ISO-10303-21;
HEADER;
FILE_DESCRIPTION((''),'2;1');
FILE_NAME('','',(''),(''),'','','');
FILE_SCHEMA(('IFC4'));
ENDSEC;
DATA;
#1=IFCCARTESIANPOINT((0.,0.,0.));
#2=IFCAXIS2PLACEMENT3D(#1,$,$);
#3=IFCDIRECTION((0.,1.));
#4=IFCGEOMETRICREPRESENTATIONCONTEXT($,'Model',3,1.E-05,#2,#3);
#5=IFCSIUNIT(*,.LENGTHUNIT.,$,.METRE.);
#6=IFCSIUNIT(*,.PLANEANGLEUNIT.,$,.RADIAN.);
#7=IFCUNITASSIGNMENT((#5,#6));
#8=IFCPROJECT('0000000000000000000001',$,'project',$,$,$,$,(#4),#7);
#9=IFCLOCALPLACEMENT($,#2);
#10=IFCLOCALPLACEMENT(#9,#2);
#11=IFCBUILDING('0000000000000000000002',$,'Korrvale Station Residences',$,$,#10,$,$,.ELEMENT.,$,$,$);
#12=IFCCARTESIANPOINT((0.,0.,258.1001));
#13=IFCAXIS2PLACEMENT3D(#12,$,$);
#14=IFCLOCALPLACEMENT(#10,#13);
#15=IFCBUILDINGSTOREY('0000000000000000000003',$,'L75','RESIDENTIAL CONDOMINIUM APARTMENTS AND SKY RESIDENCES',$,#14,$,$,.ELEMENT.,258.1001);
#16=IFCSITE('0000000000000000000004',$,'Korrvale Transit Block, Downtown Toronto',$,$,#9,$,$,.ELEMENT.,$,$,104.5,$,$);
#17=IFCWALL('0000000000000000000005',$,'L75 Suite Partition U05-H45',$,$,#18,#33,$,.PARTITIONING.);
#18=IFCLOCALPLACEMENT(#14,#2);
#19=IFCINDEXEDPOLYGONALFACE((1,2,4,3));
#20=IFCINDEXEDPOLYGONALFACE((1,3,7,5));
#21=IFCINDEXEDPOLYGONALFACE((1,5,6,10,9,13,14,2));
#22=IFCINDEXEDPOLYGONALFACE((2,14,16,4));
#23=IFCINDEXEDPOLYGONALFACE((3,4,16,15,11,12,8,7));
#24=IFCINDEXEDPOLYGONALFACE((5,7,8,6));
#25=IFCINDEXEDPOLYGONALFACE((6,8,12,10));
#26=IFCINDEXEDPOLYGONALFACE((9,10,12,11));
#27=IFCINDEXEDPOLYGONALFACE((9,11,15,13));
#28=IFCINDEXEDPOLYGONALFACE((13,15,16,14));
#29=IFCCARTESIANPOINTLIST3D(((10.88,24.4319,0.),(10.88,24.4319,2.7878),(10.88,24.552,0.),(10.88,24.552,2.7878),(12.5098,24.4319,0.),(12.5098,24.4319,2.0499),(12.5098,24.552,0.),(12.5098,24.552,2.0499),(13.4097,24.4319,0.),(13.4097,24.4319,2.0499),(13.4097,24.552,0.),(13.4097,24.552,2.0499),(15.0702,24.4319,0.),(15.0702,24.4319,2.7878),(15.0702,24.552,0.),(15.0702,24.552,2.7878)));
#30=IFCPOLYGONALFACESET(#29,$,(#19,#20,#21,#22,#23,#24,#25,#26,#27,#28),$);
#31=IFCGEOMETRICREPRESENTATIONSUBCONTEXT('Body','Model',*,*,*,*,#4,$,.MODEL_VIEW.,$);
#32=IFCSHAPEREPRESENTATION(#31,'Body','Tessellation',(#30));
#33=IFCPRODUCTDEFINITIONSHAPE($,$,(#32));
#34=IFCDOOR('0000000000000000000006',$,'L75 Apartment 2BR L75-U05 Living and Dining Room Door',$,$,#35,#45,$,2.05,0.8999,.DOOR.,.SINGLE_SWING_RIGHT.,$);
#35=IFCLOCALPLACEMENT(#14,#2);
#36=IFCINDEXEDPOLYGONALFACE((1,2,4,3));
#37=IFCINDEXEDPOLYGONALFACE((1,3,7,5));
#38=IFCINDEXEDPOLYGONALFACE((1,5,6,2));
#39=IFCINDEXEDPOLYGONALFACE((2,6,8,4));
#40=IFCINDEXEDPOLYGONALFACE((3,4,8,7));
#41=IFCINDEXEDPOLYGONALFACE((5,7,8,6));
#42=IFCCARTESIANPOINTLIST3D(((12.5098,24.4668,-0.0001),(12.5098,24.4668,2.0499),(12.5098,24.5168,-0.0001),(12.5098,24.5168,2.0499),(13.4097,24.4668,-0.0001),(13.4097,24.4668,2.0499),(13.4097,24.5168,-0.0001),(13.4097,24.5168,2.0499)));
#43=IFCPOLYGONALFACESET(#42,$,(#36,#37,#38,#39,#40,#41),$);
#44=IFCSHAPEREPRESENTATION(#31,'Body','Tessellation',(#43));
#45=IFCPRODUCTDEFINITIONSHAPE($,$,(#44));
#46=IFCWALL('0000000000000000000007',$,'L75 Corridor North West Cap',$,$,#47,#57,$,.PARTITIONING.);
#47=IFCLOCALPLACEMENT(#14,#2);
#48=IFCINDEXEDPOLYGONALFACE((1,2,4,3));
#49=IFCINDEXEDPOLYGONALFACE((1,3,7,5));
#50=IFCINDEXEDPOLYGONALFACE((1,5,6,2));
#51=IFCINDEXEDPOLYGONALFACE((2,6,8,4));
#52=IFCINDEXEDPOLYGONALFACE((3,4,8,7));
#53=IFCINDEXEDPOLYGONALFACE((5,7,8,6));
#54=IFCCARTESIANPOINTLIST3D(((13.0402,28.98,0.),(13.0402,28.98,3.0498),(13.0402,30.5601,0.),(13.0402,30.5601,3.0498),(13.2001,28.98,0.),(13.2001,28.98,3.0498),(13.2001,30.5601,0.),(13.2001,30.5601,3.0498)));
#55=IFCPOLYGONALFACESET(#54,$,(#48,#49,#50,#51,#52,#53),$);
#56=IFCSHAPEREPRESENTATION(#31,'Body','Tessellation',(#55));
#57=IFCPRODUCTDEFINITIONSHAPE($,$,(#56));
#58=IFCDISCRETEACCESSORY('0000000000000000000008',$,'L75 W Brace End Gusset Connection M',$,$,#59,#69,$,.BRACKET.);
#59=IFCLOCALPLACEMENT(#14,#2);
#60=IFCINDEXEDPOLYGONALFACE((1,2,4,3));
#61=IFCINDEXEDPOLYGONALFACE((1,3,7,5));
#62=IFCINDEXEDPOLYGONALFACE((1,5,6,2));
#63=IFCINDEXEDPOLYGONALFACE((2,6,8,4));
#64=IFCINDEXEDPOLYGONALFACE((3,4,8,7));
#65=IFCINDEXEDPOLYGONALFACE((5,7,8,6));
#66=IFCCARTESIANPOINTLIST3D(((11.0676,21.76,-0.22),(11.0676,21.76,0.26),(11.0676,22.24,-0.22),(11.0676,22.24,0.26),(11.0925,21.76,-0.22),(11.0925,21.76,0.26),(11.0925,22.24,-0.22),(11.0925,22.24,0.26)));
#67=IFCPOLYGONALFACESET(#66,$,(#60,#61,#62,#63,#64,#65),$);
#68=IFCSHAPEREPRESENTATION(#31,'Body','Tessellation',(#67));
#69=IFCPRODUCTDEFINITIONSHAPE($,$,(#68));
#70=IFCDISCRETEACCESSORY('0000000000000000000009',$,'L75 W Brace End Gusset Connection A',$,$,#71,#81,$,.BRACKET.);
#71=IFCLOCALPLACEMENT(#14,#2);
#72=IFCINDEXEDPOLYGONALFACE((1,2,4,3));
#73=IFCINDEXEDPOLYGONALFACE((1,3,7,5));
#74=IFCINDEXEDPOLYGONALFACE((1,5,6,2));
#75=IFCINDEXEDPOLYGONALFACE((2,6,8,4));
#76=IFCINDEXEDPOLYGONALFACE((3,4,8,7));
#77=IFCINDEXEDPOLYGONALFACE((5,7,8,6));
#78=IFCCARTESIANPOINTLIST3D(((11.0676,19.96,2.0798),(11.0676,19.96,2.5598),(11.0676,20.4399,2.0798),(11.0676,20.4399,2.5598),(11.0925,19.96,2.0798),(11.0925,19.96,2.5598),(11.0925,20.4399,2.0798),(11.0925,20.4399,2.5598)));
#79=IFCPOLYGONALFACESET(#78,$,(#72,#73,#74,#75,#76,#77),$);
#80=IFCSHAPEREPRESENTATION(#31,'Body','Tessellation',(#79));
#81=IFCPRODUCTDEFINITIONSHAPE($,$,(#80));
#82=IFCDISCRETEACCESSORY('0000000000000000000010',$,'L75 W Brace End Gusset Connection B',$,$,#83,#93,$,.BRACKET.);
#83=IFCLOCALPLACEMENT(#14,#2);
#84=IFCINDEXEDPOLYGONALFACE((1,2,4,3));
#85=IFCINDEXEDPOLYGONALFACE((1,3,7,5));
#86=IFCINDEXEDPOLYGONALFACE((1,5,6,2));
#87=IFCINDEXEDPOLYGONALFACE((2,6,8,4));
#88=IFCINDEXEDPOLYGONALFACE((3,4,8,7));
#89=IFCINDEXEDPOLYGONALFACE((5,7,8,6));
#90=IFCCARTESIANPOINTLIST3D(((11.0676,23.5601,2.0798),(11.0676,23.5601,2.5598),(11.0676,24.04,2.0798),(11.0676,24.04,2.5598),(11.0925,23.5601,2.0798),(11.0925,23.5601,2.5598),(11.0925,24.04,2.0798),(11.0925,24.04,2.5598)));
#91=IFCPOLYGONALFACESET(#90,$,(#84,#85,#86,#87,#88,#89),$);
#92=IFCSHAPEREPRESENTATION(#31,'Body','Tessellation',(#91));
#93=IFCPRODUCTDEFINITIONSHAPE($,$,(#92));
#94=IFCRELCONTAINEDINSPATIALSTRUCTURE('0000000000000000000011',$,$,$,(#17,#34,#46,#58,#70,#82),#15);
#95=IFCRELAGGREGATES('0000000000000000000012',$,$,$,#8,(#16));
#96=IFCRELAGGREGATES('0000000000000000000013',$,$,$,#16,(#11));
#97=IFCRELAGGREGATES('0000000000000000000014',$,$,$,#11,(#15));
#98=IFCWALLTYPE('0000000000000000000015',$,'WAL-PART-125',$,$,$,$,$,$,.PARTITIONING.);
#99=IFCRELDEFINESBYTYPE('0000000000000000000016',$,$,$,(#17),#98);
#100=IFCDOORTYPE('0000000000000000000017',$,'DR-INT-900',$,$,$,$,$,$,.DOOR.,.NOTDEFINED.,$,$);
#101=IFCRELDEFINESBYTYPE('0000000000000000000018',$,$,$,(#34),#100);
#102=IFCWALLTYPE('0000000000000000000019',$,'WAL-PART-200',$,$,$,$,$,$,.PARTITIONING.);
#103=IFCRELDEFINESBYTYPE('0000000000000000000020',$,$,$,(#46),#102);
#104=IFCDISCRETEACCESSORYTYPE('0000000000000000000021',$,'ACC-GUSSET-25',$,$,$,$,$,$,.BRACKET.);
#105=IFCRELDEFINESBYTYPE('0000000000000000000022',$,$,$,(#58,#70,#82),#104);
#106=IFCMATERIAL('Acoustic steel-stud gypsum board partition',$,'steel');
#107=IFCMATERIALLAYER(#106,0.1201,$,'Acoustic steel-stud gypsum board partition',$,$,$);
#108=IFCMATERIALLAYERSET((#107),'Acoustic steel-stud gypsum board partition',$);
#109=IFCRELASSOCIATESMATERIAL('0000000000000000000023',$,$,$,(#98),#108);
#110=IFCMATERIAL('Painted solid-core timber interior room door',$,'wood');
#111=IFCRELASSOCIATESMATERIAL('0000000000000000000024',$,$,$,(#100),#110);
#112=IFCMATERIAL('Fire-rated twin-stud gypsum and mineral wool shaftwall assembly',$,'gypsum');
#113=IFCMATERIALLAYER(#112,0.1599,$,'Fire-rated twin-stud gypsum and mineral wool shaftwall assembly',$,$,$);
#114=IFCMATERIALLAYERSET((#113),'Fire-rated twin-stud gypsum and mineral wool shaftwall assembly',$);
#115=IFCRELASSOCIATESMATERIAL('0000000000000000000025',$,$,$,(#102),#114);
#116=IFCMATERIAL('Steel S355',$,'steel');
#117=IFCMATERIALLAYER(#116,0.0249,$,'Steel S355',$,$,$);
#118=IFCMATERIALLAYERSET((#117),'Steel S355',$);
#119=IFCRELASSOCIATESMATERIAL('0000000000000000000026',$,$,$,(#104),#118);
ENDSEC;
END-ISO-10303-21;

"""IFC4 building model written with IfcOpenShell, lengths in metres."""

from ifc_helpers import new_model, si_unit, direction, frame, frame_2d, origin, origin_2d, place, context, subcontext, project, spatial, rectangle, extrude, material, layer, layer_set, type_object, element, fill, save


model = new_model("IFC4")

# Units and contexts
model_context = context("Model", 3, precision=1e-05, world=origin(), true_north=direction((0.0, 1.0)))
body_context = subcontext(model_context, "Body", "Model", "MODEL_VIEW")
ifc_project = project(units=[si_unit("LENGTHUNIT", "METRE"), si_unit("PLANEANGLEUNIT", "RADIAN")], contexts=[model_context])

# Site, building, storey
site_placement = place(None, origin())
site = spatial("IfcSite", under=ifc_project, at=site_placement, Name="Korrvale Transit Block, Downtown Toronto", CompositionType="ELEMENT", RefElevation=104.5)
building_placement = place(site_placement, origin())
building = spatial("IfcBuilding", under=site, at=building_placement, Name="Korrvale Station Residences", CompositionType="ELEMENT")
storey_placement = place(building_placement, frame((0.0, 0.0, 258.1001)))
storey = spatial("IfcBuildingStorey", under=building, at=storey_placement, Name="L75", Description="RESIDENTIAL CONDOMINIUM APARTMENTS AND SKY RESIDENCES", CompositionType="ELEMENT", Elevation=258.1001)

# Shared definitions
ifc_material_1 = material(Name="Steel S355", Category="steel")

# Shared definitions
ifc_material_2 = material(Name="Acoustic steel-stud gypsum board partition", Category="steel")
ifc_layer_1 = layer(ifc_material_2, 0.1201, Name="Acoustic steel-stud gypsum board partition")
ifc_layer_set_1 = layer_set([ifc_layer_1], Name="Acoustic steel-stud gypsum board partition")
wall_type_1 = type_object("IfcWallType", Name="WAL-PART-125", PredefinedType="PARTITIONING", material=ifc_layer_set_1)

# Wall, opening, door
ifc_material_3 = material(Name="Painted solid-core timber interior room door", Category="wood")
door_type = type_object("IfcDoorType", Name="DR-INT-900", OperationType="NOTDEFINED", PredefinedType="DOOR", material=ifc_material_3)
wall_1_placement = place(storey_placement, frame((10.8799, 24.4919, 0.0), z_axis=(0.0, 0.0, 1.0), x_axis=(1.0, 0.0, 0.0)))
wall_1 = element("IfcWall", 1, at=wall_1_placement, inside=storey, type_object=wall_type_1, Name="L75 Suite Partition U05-H45", PredefinedType="PARTITIONING", context=body_context, shape_type="SweptSolid", body=[
    extrude(rectangle(XDim=4.1902, YDim=0.1201, at=frame_2d((2.0952, 0.0))), origin(), (0.0, 0.0, 1.0), 2.7878),
])
opening_1_placement = place(wall_1_placement, frame((1.6299, 0.0, 0.0)))
opening_1 = element("IfcOpeningElement", 2, at=opening_1_placement, cuts=wall_1, PredefinedType="OPENING", context=body_context, shape_type="SweptSolid", body=[
    extrude(rectangle(XDim=0.8999, YDim=2.05, at=frame_2d((0.45, 1.0249))), frame((0.0, 0.0701, 0.0), z_axis=(0.0, -1.0, 0.0), x_axis=(1.0, 0.0, 0.0)), (0.0, 0.0, 1.0), 0.1401),
])
door_1_placement = place(opening_1_placement, origin())
door_1 = element("IfcDoor", 3, at=door_1_placement, inside=storey, type_object=door_type, Name="L75 Apartment 2BR L75-U05 Living and Dining Room Door", OperationType="SINGLE_SWING_RIGHT", OverallHeight=2.05, OverallWidth=0.8999, PredefinedType="DOOR", context=body_context, shape_type="SweptSolid", body=[
    extrude(rectangle(XDim=0.8999, YDim=2.05, at=frame_2d((0.45, 1.0249))), frame((0.0, 0.0249, 0.0), z_axis=(0.0, -1.0, 0.0), x_axis=(1.0, 0.0, 0.0)), (0.0, 0.0, 1.0), 0.05),
])
fill(opening_1, door_1)

# Wall
ifc_material_4 = material(Name="Fire-rated twin-stud gypsum and mineral wool shaftwall assembly", Category="gypsum")
ifc_layer_2 = layer(ifc_material_4, 0.1599, Name="Fire-rated twin-stud gypsum and mineral wool shaftwall assembly")
ifc_layer_set_2 = layer_set([ifc_layer_2], Name="Fire-rated twin-stud gypsum and mineral wool shaftwall assembly")
wall_type_2 = type_object("IfcWallType", Name="WAL-PART-200", PredefinedType="PARTITIONING", material=ifc_layer_set_2)
wall_2_placement = place(storey_placement, frame((13.1201, 28.98, 0.0), z_axis=(0.0, 0.0, 1.0), x_axis=(0.0, 1.0, 0.0)))
element("IfcWall", 4, at=wall_2_placement, inside=storey, type_object=wall_type_2, Name="L75 Corridor North West Cap", PredefinedType="PARTITIONING", context=body_context, shape_type="SweptSolid", body=[
    extrude(rectangle(XDim=1.5801, YDim=0.1599, at=frame_2d((0.79, 0.0))), origin(), (0.0, 0.0, 1.0), 3.0498),
])

# Discrete accessories
ifc_layer_3 = layer(ifc_material_1, 0.0249, Name="Steel S355")
ifc_layer_set_3 = layer_set([ifc_layer_3], Name="Steel S355")
discrete_accessory_type = type_object("IfcDiscreteAccessoryType", Name="ACC-GUSSET-25", PredefinedType="BRACKET", material=ifc_layer_set_3)
for number, where, z_axis, x_axis, name in (
    (5, (11.0801, 22.0, -0.22), (0.0, 0.0, 1.0), (0.0, 1.0, 0.0), "L75 W Brace End Gusset Connection M"),
    (6, (11.0801, 20.2, 2.0798), (0.0, 0.0, 1.0), (0.0, 1.0, 0.0), "L75 W Brace End Gusset Connection A"),
    (7, (11.0801, 23.8, 2.0798), (0.0, 0.0, 1.0), (0.0, 1.0, 0.0), "L75 W Brace End Gusset Connection B"),
):
    element("IfcDiscreteAccessory", number, at=place(storey_placement, frame(where, z_axis=z_axis, x_axis=x_axis)), inside=storey, type_object=discrete_accessory_type, Name=name, PredefinedType="BRACKET", context=body_context, shape_type="SweptSolid", body=[
        extrude(rectangle(XDim=0.48, YDim=0.0249, at=origin_2d()), origin(), (0.0, 0.0, 1.0), 0.48),
    ])

save(model, "model.ifc")
